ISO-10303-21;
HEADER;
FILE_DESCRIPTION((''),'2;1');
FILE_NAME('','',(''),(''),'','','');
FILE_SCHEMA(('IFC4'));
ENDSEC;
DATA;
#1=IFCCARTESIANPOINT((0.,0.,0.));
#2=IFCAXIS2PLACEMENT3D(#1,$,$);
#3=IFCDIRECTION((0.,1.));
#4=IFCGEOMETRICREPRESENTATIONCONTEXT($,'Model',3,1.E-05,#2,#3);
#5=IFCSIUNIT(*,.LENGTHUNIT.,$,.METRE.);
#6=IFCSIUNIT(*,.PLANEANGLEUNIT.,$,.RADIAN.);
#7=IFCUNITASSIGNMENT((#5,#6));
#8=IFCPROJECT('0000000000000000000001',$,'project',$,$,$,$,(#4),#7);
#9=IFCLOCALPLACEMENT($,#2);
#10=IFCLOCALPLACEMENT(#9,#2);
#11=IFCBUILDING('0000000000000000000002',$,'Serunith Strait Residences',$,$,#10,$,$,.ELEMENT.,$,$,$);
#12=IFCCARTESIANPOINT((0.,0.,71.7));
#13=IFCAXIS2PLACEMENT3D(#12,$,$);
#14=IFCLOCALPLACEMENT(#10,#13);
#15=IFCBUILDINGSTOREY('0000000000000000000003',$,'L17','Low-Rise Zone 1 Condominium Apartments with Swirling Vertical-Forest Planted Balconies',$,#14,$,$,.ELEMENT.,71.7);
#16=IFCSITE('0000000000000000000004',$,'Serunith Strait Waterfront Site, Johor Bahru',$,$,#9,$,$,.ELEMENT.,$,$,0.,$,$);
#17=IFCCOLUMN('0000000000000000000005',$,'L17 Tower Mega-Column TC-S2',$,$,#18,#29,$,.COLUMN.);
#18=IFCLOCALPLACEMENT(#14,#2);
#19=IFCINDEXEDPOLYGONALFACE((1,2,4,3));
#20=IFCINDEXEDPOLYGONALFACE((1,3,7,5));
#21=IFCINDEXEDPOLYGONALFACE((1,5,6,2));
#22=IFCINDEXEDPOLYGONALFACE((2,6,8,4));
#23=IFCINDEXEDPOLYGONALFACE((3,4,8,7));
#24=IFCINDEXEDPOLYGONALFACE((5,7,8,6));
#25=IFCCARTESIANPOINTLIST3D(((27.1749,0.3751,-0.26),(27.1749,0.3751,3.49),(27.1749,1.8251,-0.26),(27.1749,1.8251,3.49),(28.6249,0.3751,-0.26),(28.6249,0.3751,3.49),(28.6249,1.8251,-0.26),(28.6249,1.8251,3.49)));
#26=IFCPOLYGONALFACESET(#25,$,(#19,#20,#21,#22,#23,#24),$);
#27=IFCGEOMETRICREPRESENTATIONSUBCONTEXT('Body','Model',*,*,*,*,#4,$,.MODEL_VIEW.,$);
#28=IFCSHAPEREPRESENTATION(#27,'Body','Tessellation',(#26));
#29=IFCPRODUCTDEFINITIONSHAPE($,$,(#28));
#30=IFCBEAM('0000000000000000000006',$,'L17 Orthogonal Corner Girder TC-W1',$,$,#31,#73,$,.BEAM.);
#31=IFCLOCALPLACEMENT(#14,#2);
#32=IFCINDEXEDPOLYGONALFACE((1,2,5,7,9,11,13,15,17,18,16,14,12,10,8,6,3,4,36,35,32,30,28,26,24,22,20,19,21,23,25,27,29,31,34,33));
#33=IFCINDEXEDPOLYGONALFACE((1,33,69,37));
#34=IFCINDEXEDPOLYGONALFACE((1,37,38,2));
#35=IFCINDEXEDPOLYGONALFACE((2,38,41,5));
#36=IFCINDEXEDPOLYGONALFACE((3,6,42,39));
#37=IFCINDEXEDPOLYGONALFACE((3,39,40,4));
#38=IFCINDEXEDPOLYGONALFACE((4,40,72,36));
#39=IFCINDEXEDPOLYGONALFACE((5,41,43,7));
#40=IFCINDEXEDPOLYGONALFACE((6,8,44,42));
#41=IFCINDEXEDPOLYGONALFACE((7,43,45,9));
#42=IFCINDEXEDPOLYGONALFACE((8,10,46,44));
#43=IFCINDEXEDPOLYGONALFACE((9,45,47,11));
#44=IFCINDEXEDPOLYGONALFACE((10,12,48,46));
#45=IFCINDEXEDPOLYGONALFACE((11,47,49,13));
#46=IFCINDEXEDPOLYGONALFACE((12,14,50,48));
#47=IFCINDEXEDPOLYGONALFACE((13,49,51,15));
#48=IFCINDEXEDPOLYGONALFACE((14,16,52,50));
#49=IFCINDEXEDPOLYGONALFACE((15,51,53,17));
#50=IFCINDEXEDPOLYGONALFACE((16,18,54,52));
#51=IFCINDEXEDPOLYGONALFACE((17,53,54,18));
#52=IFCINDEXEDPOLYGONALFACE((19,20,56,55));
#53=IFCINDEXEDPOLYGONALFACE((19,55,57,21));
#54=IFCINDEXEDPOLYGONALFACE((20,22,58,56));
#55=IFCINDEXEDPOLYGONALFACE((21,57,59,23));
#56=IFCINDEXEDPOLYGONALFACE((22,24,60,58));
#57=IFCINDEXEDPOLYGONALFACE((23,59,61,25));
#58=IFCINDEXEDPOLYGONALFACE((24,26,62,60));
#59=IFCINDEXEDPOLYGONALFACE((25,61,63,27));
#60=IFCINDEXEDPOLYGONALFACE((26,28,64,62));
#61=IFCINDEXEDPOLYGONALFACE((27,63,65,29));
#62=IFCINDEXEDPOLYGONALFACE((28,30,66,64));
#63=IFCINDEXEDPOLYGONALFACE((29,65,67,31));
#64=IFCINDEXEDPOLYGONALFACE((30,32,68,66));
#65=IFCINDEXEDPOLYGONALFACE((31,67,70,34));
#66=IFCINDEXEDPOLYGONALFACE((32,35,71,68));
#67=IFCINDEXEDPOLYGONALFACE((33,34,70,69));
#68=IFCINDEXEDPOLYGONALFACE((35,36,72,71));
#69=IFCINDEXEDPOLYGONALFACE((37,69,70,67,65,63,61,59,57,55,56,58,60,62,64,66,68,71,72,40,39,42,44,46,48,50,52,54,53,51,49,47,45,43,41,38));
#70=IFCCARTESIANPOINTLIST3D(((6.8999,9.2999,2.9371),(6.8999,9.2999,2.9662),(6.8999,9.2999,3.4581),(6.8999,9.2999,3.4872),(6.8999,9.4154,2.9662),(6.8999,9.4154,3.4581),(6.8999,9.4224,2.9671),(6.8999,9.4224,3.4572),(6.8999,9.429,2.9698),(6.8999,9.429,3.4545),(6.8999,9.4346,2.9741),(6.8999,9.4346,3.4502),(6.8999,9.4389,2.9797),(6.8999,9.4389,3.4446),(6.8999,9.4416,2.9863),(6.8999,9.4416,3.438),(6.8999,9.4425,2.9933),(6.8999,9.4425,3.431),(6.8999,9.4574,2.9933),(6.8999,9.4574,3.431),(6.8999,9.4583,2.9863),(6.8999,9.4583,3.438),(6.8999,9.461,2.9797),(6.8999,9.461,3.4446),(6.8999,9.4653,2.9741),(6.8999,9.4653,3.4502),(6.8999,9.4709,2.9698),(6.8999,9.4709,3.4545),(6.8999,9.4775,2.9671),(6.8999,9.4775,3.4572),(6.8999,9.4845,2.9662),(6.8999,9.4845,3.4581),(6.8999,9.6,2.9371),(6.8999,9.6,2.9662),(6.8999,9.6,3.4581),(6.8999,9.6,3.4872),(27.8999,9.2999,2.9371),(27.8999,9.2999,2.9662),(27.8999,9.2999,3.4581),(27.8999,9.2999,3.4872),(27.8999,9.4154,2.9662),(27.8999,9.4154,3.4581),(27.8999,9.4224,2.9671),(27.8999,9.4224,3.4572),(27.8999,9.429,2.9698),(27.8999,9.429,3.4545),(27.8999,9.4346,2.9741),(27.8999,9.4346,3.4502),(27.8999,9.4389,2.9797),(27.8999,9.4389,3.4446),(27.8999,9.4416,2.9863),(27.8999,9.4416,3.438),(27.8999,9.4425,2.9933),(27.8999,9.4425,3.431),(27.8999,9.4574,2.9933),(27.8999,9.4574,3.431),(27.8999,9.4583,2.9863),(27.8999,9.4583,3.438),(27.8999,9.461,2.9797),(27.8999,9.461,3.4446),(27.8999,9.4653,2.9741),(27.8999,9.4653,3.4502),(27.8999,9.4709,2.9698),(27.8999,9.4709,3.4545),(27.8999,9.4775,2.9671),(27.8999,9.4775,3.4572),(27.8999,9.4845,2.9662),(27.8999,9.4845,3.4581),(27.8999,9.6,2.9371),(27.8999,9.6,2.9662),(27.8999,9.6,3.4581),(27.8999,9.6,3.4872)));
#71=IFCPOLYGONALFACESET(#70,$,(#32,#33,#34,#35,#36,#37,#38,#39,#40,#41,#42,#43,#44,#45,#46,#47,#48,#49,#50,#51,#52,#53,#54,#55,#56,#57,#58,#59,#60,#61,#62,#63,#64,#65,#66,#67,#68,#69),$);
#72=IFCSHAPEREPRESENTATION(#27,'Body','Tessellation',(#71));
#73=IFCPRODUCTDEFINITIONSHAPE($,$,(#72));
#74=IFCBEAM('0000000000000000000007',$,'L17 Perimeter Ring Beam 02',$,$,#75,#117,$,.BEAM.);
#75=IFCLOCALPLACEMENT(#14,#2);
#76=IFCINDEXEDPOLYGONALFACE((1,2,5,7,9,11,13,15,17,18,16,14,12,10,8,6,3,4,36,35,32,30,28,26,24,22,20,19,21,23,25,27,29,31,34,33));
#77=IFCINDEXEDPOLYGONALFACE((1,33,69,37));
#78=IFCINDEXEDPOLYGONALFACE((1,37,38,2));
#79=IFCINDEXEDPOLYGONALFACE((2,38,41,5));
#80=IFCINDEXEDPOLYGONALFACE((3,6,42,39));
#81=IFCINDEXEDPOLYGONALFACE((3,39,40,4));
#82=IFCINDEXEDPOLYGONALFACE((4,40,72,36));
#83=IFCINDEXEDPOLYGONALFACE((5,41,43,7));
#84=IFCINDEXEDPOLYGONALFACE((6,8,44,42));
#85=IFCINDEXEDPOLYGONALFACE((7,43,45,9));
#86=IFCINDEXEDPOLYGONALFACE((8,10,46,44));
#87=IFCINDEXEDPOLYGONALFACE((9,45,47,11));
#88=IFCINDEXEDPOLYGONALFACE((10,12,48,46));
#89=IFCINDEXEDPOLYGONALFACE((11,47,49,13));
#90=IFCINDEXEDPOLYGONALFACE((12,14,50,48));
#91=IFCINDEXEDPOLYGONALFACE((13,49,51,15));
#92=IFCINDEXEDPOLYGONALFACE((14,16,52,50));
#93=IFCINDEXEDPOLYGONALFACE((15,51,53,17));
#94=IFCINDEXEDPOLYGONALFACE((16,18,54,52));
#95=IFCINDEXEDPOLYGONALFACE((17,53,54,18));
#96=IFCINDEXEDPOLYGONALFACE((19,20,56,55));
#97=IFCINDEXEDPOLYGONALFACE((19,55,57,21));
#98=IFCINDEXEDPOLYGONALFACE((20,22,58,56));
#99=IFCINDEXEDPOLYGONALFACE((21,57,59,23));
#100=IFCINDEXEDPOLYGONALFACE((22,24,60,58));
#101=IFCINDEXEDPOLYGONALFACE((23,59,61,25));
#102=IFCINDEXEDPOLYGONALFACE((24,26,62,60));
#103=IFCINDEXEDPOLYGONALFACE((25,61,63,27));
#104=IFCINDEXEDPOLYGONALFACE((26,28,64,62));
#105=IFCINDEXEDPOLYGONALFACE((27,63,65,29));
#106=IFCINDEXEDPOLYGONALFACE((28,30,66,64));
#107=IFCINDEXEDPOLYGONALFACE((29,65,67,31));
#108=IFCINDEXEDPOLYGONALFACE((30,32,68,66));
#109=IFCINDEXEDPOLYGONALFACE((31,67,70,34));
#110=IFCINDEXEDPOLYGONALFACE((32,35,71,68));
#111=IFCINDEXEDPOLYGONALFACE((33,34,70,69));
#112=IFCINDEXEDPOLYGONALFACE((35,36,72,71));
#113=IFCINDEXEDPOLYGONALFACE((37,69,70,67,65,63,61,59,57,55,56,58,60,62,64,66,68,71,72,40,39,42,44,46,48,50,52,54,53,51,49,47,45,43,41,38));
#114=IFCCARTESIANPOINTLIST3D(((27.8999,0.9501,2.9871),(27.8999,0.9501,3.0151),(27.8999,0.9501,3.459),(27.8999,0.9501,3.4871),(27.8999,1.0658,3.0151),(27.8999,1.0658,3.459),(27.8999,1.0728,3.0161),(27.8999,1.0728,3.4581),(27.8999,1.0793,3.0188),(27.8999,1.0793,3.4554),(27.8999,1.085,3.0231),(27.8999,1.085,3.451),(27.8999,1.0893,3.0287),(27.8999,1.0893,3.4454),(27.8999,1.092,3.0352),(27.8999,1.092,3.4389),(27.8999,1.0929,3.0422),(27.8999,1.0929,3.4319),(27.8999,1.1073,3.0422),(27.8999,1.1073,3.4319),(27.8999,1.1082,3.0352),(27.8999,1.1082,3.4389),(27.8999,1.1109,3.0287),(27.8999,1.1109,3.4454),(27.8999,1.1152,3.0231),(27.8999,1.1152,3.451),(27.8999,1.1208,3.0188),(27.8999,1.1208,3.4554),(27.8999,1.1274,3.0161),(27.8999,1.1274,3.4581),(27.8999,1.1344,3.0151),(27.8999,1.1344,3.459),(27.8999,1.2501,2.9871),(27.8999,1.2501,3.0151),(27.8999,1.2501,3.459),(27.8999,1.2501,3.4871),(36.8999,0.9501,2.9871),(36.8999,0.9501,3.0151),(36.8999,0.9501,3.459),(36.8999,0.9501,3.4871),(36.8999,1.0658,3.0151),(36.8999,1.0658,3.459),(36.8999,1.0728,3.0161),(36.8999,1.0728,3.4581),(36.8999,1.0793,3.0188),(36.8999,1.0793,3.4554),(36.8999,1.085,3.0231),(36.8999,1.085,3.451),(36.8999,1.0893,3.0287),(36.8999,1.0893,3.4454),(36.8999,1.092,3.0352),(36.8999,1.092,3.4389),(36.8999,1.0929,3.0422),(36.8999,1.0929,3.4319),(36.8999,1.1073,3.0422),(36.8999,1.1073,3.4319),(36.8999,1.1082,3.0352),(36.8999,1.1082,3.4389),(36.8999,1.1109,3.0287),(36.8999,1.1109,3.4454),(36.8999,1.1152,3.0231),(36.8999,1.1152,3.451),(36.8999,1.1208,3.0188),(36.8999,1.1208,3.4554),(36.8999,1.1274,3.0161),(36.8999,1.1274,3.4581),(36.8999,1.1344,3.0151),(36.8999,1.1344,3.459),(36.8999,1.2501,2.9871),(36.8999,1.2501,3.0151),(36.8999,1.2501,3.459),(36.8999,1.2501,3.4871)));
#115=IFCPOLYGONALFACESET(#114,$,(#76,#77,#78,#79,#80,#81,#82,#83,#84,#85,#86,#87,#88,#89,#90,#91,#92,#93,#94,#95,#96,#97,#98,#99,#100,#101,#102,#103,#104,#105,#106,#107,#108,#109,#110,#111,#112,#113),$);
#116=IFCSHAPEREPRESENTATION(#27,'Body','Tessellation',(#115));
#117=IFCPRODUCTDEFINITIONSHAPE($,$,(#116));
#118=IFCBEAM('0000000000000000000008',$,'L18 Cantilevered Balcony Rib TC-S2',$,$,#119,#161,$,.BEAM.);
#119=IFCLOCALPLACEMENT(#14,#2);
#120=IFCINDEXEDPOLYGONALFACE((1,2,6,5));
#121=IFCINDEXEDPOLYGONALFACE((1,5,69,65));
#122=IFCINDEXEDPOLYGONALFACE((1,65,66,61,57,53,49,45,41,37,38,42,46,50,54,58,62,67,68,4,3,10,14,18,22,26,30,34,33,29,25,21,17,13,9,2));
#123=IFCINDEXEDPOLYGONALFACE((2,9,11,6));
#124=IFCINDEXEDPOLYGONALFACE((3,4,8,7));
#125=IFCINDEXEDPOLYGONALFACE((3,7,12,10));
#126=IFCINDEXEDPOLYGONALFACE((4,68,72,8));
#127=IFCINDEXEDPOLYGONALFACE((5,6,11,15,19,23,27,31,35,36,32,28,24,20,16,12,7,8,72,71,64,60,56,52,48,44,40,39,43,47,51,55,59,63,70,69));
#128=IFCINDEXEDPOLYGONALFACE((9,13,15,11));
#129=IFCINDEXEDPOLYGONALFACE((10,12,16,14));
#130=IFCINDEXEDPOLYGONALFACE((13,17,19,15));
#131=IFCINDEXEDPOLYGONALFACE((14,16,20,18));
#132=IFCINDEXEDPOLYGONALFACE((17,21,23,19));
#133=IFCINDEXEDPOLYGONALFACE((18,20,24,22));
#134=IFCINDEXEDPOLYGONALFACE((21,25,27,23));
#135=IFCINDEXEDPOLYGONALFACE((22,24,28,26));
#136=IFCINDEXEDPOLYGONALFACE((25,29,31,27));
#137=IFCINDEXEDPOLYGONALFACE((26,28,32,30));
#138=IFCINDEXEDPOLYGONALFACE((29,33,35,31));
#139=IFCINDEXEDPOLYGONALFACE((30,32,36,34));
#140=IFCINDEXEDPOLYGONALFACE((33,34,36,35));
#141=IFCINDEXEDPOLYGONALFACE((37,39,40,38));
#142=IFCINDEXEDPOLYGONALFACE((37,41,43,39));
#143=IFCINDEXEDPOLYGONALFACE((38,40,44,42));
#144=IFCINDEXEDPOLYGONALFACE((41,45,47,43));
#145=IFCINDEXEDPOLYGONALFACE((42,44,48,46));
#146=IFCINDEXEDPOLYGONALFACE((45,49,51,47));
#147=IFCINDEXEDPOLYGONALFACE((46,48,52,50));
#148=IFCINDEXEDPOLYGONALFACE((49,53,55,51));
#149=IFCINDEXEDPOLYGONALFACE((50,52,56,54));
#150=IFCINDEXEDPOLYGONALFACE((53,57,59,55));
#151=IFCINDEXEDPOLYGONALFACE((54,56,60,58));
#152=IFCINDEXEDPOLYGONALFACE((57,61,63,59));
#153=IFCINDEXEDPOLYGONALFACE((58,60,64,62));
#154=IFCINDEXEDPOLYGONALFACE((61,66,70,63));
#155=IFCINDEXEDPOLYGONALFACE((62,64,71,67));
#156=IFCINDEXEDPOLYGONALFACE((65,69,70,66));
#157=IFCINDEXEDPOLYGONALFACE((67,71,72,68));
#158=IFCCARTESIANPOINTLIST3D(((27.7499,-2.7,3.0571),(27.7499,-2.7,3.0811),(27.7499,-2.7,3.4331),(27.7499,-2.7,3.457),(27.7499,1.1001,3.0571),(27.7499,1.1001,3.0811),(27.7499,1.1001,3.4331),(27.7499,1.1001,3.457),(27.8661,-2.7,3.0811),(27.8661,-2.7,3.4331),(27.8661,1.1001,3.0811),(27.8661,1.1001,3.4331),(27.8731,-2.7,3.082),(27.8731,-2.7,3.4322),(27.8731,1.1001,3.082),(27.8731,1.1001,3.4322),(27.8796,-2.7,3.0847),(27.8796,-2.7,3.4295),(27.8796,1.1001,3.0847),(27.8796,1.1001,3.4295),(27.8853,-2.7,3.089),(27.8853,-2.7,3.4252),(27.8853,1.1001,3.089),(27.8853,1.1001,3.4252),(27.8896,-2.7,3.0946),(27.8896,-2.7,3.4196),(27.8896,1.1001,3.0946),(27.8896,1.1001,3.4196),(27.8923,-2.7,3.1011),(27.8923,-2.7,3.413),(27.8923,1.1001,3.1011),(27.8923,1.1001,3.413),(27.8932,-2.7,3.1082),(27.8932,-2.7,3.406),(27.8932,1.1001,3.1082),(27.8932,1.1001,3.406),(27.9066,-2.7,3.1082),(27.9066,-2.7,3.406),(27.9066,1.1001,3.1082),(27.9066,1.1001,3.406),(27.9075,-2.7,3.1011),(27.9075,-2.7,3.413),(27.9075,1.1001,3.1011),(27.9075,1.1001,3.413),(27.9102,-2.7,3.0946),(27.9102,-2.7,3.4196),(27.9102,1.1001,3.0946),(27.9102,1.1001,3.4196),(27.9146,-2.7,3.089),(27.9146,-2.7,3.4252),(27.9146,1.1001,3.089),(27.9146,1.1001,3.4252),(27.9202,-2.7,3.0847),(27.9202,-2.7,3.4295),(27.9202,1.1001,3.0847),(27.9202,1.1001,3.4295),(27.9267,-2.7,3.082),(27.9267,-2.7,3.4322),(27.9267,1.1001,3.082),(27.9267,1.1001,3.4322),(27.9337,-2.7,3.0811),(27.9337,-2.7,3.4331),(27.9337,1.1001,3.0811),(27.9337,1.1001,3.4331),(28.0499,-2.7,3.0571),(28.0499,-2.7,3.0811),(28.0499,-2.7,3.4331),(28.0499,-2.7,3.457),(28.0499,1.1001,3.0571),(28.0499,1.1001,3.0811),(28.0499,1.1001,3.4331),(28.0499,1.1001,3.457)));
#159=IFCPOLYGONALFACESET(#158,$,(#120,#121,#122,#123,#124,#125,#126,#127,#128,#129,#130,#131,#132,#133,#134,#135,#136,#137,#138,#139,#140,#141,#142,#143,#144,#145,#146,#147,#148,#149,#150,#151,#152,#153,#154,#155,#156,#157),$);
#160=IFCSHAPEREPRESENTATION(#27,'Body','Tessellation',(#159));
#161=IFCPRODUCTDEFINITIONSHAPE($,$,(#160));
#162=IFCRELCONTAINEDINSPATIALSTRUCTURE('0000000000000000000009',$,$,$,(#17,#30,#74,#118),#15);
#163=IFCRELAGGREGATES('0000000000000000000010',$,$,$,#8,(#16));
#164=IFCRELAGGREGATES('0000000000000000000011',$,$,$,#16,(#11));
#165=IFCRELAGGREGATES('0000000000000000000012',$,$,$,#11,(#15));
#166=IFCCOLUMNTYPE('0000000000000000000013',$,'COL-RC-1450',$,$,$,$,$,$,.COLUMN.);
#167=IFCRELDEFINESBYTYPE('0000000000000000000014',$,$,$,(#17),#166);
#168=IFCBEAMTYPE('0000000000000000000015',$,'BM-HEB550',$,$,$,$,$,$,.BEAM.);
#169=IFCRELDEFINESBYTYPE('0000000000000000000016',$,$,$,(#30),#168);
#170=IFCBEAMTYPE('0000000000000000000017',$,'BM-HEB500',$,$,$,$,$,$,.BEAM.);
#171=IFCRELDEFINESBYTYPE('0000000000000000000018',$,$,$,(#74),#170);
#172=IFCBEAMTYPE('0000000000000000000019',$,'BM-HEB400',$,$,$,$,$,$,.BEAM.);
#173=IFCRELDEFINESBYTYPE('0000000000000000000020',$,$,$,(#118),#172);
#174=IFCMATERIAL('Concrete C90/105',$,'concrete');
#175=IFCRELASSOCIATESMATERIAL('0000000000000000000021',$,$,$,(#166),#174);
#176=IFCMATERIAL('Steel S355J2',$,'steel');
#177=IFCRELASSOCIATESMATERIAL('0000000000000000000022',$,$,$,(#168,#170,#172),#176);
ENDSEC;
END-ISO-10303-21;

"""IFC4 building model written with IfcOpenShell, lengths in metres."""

from ifc_helpers import new_model, si_unit, direction, frame, origin, origin_2d, place, context, subcontext, project, spatial, rectangle, i_section, extrude, source, transform, mapped, material, material_profile, profile_set, type_object, element, save


model = new_model("IFC4")

# Units and contexts
model_context = context("Model", 3, precision=1e-05, world=origin(), true_north=direction((0.0, 1.0)))
body_context = subcontext(model_context, "Body", "Model", "MODEL_VIEW")
ifc_project = project(units=[si_unit("LENGTHUNIT", "METRE"), si_unit("PLANEANGLEUNIT", "RADIAN")], contexts=[model_context])

# Site, building, storey
site_placement = place(None, origin())
site = spatial("IfcSite", under=ifc_project, at=site_placement, Name="Serunith Strait Waterfront Site, Johor Bahru", CompositionType="ELEMENT", RefElevation=0.0)
building_placement = place(site_placement, origin())
building = spatial("IfcBuilding", under=site, at=building_placement, Name="Serunith Strait Residences", CompositionType="ELEMENT")
storey_placement = place(building_placement, frame((0.0, 0.0, 71.7)))
storey = spatial("IfcBuildingStorey", under=building, at=storey_placement, Name="L17", Description="Low-Rise Zone 1 Condominium Apartments with Swirling Vertical-Forest Planted Balconies", CompositionType="ELEMENT", Elevation=71.7)

# Column
ifc_material_1 = material(Name="Concrete C90/105", Category="concrete")
ifc_material_profile_1 = material_profile(ifc_material_1, rectangle(XDim=1.45, YDim=1.45, at=origin_2d()), Name="RC 1450x1450")
ifc_profile_set_1 = profile_set([ifc_material_profile_1], Name="Concrete C90/105")
column_type = type_object("IfcColumnType", Name="COL-RC-1450", PredefinedType="COLUMN", material=ifc_profile_set_1)
shared_shape_1 = source(origin(), body_context, "Body", "SweptSolid", [
    extrude(rectangle(XDim=1.45, YDim=1.45, at=origin_2d()), origin(), (0.0, 0.0, 1.0), 3.75),
])
column_placement = place(storey_placement, frame((27.8999, 1.1001, -0.26), z_axis=(0.0, 0.0, 1.0), x_axis=(1.0, 0.0, 0.0)))
element("IfcColumn", 1, at=column_placement, inside=storey, type_object=column_type, Name="L17 Tower Mega-Column TC-S2", PredefinedType="COLUMN", context=body_context, shape_type="MappedRepresentation", body=[
    mapped(shared_shape_1, transform((0.0, 0.0, 0.0), scale=1.0)),
])

# Beams
ifc_material_2 = material(Name="Steel S355J2", Category="steel")
ifc_material_profile_2 = material_profile(ifc_material_2, i_section(OverallWidth=0.3, OverallDepth=0.55, WebThickness=0.0149, FlangeThickness=0.0291, FilletRadius=0.0271, at=origin_2d()), Name="HEB 550")
ifc_profile_set_2 = profile_set([ifc_material_profile_2], Name="Steel S355J2")
beam_type_1 = type_object("IfcBeamType", Name="BM-HEB550", PredefinedType="BEAM", material=ifc_profile_set_2)
shared_shape_2 = source(origin(), body_context, "Body", "SweptSolid", [
    extrude(i_section(OverallWidth=0.3, OverallDepth=0.55, WebThickness=0.0149, FlangeThickness=0.0291, FilletRadius=0.0271, at=origin_2d()), origin(), (0.0, 0.0, 1.0), 21.0),
])
beam_1_placement = place(storey_placement, frame((27.8999, 9.45, 3.2122), z_axis=(-1.0, 0.0, 0.0), x_axis=(0.0, -1.0, 0.0)))
element("IfcBeam", 2, at=beam_1_placement, inside=storey, type_object=beam_type_1, Name="L17 Orthogonal Corner Girder TC-W1", PredefinedType="BEAM", context=body_context, shape_type="MappedRepresentation", body=[
    mapped(shared_shape_2, transform((0.0, 0.0, 0.0), scale=1.0)),
])
ifc_material_profile_3 = material_profile(ifc_material_2, i_section(OverallWidth=0.3, OverallDepth=0.5, WebThickness=0.0144, FlangeThickness=0.0281, FilletRadius=0.0271, at=origin_2d()), Name="HEB 500")
ifc_profile_set_3 = profile_set([ifc_material_profile_3], Name="Steel S355J2")
beam_type_2 = type_object("IfcBeamType", Name="BM-HEB500", PredefinedType="BEAM", material=ifc_profile_set_3)
shared_shape_3 = source(origin(), body_context, "Body", "SweptSolid", [
    extrude(i_section(OverallWidth=0.3, OverallDepth=0.5, WebThickness=0.0144, FlangeThickness=0.0281, FilletRadius=0.0271, at=origin_2d()), origin(), (0.0, 0.0, 1.0), 9.0),
])
beam_2_placement = place(storey_placement, frame((27.8999, 1.1001, 3.2371), z_axis=(1.0, 0.0, 0.0), x_axis=(0.0, 1.0, 0.0)))
element("IfcBeam", 3, at=beam_2_placement, inside=storey, type_object=beam_type_2, Name="L17 Perimeter Ring Beam 02", PredefinedType="BEAM", context=body_context, shape_type="MappedRepresentation", body=[
    mapped(shared_shape_3, transform((0.0, 0.0, 0.0), scale=1.0)),
])
ifc_material_profile_4 = material_profile(ifc_material_2, i_section(OverallWidth=0.3, OverallDepth=0.3999, WebThickness=0.0134, FlangeThickness=0.0239, FilletRadius=0.0271, at=origin_2d()), Name="HEB 400")
ifc_profile_set_4 = profile_set([ifc_material_profile_4], Name="Steel S355J2")
beam_type_3 = type_object("IfcBeamType", Name="BM-HEB400", PredefinedType="BEAM", material=ifc_profile_set_4)
shared_shape_4 = source(origin(), body_context, "Body", "SweptSolid", [
    extrude(i_section(OverallWidth=0.3, OverallDepth=0.3999, WebThickness=0.0134, FlangeThickness=0.0239, FilletRadius=0.0271, at=origin_2d()), origin(), (0.0, 0.0, 1.0), 3.8),
])
beam_3_placement = place(storey_placement, frame((27.8999, 1.1001, 3.2571), z_axis=(0.0, -1.0, 0.0), x_axis=(1.0, 0.0, 0.0)))
element("IfcBeam", 4, at=beam_3_placement, inside=storey, type_object=beam_type_3, Name="L18 Cantilevered Balcony Rib TC-S2", PredefinedType="BEAM", context=body_context, shape_type="MappedRepresentation", body=[
    mapped(shared_shape_4, transform((0.0, 0.0, 0.0), scale=1.0)),
])

save(model, "model.ifc")
